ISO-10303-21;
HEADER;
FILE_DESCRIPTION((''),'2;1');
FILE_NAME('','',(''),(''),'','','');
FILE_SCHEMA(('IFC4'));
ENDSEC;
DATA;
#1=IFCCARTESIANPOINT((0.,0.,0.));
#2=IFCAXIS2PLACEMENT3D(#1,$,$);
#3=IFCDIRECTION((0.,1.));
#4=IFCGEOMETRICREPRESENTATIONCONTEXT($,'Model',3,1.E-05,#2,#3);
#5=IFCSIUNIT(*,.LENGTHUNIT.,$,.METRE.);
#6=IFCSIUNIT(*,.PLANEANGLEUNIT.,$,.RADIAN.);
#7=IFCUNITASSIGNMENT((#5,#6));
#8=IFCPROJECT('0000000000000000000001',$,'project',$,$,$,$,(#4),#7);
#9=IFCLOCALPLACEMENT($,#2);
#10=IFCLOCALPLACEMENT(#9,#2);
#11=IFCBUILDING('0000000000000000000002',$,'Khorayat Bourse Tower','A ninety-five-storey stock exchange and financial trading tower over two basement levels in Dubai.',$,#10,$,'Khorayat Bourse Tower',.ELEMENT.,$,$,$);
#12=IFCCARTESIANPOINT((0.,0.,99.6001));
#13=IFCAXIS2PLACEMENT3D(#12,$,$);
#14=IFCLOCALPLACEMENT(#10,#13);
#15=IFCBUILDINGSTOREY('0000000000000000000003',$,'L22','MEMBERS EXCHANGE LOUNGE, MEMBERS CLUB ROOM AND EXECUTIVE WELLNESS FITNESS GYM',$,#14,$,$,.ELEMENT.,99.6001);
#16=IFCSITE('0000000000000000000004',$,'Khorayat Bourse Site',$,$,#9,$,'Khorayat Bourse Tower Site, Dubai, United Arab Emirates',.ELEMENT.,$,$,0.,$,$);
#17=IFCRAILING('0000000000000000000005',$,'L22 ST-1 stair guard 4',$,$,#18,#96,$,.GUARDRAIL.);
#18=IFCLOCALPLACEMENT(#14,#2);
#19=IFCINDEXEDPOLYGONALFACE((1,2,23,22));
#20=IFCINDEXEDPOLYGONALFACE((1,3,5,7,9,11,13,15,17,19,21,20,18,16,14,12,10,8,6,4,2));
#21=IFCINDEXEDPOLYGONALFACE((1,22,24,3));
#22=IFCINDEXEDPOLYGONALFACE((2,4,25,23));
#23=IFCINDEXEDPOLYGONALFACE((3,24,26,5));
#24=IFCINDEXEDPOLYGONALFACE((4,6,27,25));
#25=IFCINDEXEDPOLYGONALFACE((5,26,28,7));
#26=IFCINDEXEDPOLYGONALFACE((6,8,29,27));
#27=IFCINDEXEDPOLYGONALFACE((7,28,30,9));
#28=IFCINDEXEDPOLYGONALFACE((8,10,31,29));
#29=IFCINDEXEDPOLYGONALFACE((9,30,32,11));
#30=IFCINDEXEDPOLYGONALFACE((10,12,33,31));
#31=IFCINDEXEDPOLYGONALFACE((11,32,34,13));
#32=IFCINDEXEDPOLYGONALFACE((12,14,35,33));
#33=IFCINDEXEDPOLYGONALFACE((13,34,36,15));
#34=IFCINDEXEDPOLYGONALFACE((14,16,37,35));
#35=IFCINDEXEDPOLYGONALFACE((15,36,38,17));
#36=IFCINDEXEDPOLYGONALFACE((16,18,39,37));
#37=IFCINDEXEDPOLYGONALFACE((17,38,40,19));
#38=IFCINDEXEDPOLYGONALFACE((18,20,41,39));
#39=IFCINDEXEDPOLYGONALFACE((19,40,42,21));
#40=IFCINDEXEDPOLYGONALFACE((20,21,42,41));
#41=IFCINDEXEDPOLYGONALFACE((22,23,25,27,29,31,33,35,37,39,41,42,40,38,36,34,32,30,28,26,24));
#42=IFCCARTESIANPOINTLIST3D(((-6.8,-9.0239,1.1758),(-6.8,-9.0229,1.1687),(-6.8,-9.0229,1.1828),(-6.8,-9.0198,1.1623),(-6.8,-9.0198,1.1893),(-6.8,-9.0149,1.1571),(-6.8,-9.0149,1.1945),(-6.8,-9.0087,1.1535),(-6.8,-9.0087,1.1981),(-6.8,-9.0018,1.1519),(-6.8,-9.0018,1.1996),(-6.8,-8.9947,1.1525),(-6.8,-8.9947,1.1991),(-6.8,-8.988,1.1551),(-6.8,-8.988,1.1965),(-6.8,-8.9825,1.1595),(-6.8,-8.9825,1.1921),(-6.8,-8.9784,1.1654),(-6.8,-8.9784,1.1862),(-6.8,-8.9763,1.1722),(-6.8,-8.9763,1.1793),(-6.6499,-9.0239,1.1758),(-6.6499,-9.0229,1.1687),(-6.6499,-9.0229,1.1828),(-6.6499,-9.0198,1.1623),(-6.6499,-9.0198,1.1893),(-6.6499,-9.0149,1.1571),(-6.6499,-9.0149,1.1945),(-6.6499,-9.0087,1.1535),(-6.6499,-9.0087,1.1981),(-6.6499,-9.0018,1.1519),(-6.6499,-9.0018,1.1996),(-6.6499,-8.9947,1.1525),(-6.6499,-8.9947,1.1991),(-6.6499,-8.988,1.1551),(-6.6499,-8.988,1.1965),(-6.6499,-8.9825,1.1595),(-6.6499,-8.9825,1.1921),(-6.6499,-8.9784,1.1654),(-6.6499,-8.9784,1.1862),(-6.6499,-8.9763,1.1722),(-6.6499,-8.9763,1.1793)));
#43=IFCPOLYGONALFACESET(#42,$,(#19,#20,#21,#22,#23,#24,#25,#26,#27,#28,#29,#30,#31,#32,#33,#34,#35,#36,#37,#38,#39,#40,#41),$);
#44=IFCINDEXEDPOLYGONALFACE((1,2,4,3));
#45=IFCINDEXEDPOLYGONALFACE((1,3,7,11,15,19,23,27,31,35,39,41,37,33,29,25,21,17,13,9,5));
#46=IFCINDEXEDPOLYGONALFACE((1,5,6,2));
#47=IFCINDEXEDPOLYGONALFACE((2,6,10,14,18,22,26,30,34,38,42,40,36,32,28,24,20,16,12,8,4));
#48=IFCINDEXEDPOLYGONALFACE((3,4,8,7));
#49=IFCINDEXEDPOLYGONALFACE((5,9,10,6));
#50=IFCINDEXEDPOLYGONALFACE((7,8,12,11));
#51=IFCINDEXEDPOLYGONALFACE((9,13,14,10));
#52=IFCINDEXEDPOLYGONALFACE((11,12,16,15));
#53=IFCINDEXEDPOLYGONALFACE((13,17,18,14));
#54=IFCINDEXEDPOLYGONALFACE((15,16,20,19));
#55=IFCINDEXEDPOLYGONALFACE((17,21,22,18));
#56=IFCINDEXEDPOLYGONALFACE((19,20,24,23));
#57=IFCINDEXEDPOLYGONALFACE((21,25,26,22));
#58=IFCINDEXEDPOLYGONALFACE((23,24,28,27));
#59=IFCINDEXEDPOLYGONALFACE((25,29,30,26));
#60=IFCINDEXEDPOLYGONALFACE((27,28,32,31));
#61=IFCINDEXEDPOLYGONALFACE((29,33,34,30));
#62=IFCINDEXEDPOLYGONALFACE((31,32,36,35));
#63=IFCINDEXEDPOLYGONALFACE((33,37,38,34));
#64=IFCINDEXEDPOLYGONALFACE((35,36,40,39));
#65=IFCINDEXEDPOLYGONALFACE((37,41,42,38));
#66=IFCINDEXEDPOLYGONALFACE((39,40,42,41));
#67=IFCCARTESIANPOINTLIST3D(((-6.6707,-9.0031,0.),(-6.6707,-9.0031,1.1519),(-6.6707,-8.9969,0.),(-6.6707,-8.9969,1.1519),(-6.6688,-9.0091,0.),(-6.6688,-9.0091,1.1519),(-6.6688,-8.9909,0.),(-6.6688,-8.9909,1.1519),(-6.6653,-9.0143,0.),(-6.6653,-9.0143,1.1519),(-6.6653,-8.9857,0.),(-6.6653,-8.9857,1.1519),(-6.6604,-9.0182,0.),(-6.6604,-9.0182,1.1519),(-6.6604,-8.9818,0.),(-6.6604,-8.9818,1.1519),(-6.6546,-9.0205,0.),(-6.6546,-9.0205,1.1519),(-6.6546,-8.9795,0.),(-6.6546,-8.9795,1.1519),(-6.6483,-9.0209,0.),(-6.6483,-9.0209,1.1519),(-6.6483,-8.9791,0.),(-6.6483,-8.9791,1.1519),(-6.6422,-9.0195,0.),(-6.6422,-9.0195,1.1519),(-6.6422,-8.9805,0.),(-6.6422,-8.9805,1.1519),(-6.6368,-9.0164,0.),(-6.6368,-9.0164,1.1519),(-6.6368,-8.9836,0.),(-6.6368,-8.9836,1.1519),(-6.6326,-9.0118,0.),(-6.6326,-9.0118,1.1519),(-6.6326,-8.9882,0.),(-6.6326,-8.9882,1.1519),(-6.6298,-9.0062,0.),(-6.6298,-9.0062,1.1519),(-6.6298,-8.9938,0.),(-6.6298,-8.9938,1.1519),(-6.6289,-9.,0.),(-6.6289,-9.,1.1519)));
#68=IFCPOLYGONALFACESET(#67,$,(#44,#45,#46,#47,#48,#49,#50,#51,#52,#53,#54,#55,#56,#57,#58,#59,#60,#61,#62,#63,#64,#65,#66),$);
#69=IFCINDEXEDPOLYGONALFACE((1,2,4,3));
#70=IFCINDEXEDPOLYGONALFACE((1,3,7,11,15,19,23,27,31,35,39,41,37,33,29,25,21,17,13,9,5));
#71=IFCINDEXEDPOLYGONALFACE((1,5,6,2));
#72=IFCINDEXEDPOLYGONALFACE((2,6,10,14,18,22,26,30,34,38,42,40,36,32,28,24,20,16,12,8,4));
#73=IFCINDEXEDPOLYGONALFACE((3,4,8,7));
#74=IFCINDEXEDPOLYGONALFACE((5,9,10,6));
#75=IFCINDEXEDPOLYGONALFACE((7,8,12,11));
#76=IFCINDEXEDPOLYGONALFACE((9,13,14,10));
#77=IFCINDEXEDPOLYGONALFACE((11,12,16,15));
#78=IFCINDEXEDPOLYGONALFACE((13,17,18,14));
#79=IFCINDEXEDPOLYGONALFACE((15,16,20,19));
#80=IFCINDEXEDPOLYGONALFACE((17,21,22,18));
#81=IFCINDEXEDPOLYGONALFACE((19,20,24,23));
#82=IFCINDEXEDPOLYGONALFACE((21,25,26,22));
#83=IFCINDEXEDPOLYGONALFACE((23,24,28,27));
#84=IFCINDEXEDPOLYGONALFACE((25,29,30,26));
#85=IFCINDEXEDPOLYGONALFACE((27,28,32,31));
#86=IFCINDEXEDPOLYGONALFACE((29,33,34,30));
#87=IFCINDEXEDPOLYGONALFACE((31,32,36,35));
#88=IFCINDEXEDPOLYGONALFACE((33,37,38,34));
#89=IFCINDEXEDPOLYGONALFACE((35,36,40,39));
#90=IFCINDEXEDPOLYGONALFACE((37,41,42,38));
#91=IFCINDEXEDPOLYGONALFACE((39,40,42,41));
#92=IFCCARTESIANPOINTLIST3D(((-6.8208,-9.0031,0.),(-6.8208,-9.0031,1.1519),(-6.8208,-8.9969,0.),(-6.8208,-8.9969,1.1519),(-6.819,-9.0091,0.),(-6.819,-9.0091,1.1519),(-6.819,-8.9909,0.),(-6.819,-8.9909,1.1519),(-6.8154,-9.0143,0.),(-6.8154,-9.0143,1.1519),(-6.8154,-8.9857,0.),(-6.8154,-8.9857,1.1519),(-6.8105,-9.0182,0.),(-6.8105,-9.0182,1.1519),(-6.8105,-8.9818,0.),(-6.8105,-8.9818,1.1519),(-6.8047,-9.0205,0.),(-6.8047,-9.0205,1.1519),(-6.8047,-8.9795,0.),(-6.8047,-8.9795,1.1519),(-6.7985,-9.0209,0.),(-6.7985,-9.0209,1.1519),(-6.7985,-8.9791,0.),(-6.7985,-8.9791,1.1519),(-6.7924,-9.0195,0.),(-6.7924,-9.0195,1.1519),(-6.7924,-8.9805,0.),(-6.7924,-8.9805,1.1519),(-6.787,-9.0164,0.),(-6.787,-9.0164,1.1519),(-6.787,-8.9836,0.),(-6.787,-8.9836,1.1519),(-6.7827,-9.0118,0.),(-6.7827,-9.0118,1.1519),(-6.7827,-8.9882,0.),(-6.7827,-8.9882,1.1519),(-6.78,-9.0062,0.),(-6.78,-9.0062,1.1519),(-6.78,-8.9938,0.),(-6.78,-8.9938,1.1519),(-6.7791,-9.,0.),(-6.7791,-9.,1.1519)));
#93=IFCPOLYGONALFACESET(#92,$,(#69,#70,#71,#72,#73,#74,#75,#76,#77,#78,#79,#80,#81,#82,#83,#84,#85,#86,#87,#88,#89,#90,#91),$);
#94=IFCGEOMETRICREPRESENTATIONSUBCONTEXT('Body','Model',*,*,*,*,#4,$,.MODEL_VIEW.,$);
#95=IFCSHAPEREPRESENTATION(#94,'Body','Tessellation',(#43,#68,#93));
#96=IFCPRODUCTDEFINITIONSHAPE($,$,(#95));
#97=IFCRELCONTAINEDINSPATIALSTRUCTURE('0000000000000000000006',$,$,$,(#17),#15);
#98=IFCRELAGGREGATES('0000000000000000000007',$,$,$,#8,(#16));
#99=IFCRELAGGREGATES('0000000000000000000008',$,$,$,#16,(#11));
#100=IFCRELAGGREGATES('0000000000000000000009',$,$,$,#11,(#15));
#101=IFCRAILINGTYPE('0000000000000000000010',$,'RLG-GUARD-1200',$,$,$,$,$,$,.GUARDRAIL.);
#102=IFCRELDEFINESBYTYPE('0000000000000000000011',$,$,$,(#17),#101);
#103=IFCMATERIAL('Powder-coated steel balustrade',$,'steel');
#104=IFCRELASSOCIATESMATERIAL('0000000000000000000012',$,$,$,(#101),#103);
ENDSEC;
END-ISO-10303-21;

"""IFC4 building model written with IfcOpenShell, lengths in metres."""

from ifc_helpers import new_model, si_unit, direction, frame, origin, origin_2d, place, context, subcontext, project, spatial, circle, extrude, source, transform, mapped, material, type_object, element, save


model = new_model("IFC4")

# Units and contexts
model_context = context("Model", 3, precision=1e-05, world=origin(), true_north=direction((0.0, 1.0)))
body_context = subcontext(model_context, "Body", "Model", "MODEL_VIEW")
ifc_project = project(units=[si_unit("LENGTHUNIT", "METRE"), si_unit("PLANEANGLEUNIT", "RADIAN")], contexts=[model_context])

# Site, building, storey
site_placement = place(None, origin())
site = spatial("IfcSite", under=ifc_project, at=site_placement, Name="Khorayat Bourse Site", LongName="Khorayat Bourse Tower Site, Dubai, United Arab Emirates", CompositionType="ELEMENT", RefElevation=0.0)
building_placement = place(site_placement, origin())
building = spatial("IfcBuilding", under=site, at=building_placement, Name="Khorayat Bourse Tower", Description="A ninety-five-storey stock exchange and financial trading tower over two basement levels in Dubai.", LongName="Khorayat Bourse Tower", CompositionType="ELEMENT")
storey_placement = place(building_placement, frame((0.0, 0.0, 99.6001)))
storey = spatial("IfcBuildingStorey", under=building, at=storey_placement, Name="L22", Description="MEMBERS EXCHANGE LOUNGE, MEMBERS CLUB ROOM AND EXECUTIVE WELLNESS FITNESS GYM", CompositionType="ELEMENT", Elevation=99.6001)

# Railing
ifc_material_1 = material(Name="Powder-coated steel balustrade", Category="steel")
railing_type_1 = type_object("IfcRailingType", Name="RLG-GUARD-1200", PredefinedType="GUARDRAIL", material=ifc_material_1)
shared_shape_1 = source(origin(), body_context, "Body", "SweptSolid", [
    extrude(circle(Radius=0.0239, at=origin_2d()), frame((0.0, 0.0, 1.1758), z_axis=(-1.0, 0.0, 0.0), x_axis=(0.0, -1.0, 0.0)), (0.0, 0.0, 1.0), 0.1501),
    extrude(circle(Radius=0.021, at=origin_2d()), origin(), (0.0, 0.0, 1.0), 1.1519),
    extrude(circle(Radius=0.021, at=origin_2d()), frame((-0.1501, 0.0, 0.0)), (0.0, 0.0, 1.0), 1.1519),
])
for number, where, name in (
    (1, (-6.6499, -9.0, 0.0), "L22 ST-1 stair guard 4"),
):
    element("IfcRailing", number, at=place(storey_placement, frame(where)), inside=storey, type_object=railing_type_1, Name=name, PredefinedType="GUARDRAIL", context=body_context, shape_type="MappedRepresentation", body=[
        mapped(shared_shape_1, transform((0.0, 0.0, 0.0), scale=1.0)),
    ])

save(model, "model.ifc")
